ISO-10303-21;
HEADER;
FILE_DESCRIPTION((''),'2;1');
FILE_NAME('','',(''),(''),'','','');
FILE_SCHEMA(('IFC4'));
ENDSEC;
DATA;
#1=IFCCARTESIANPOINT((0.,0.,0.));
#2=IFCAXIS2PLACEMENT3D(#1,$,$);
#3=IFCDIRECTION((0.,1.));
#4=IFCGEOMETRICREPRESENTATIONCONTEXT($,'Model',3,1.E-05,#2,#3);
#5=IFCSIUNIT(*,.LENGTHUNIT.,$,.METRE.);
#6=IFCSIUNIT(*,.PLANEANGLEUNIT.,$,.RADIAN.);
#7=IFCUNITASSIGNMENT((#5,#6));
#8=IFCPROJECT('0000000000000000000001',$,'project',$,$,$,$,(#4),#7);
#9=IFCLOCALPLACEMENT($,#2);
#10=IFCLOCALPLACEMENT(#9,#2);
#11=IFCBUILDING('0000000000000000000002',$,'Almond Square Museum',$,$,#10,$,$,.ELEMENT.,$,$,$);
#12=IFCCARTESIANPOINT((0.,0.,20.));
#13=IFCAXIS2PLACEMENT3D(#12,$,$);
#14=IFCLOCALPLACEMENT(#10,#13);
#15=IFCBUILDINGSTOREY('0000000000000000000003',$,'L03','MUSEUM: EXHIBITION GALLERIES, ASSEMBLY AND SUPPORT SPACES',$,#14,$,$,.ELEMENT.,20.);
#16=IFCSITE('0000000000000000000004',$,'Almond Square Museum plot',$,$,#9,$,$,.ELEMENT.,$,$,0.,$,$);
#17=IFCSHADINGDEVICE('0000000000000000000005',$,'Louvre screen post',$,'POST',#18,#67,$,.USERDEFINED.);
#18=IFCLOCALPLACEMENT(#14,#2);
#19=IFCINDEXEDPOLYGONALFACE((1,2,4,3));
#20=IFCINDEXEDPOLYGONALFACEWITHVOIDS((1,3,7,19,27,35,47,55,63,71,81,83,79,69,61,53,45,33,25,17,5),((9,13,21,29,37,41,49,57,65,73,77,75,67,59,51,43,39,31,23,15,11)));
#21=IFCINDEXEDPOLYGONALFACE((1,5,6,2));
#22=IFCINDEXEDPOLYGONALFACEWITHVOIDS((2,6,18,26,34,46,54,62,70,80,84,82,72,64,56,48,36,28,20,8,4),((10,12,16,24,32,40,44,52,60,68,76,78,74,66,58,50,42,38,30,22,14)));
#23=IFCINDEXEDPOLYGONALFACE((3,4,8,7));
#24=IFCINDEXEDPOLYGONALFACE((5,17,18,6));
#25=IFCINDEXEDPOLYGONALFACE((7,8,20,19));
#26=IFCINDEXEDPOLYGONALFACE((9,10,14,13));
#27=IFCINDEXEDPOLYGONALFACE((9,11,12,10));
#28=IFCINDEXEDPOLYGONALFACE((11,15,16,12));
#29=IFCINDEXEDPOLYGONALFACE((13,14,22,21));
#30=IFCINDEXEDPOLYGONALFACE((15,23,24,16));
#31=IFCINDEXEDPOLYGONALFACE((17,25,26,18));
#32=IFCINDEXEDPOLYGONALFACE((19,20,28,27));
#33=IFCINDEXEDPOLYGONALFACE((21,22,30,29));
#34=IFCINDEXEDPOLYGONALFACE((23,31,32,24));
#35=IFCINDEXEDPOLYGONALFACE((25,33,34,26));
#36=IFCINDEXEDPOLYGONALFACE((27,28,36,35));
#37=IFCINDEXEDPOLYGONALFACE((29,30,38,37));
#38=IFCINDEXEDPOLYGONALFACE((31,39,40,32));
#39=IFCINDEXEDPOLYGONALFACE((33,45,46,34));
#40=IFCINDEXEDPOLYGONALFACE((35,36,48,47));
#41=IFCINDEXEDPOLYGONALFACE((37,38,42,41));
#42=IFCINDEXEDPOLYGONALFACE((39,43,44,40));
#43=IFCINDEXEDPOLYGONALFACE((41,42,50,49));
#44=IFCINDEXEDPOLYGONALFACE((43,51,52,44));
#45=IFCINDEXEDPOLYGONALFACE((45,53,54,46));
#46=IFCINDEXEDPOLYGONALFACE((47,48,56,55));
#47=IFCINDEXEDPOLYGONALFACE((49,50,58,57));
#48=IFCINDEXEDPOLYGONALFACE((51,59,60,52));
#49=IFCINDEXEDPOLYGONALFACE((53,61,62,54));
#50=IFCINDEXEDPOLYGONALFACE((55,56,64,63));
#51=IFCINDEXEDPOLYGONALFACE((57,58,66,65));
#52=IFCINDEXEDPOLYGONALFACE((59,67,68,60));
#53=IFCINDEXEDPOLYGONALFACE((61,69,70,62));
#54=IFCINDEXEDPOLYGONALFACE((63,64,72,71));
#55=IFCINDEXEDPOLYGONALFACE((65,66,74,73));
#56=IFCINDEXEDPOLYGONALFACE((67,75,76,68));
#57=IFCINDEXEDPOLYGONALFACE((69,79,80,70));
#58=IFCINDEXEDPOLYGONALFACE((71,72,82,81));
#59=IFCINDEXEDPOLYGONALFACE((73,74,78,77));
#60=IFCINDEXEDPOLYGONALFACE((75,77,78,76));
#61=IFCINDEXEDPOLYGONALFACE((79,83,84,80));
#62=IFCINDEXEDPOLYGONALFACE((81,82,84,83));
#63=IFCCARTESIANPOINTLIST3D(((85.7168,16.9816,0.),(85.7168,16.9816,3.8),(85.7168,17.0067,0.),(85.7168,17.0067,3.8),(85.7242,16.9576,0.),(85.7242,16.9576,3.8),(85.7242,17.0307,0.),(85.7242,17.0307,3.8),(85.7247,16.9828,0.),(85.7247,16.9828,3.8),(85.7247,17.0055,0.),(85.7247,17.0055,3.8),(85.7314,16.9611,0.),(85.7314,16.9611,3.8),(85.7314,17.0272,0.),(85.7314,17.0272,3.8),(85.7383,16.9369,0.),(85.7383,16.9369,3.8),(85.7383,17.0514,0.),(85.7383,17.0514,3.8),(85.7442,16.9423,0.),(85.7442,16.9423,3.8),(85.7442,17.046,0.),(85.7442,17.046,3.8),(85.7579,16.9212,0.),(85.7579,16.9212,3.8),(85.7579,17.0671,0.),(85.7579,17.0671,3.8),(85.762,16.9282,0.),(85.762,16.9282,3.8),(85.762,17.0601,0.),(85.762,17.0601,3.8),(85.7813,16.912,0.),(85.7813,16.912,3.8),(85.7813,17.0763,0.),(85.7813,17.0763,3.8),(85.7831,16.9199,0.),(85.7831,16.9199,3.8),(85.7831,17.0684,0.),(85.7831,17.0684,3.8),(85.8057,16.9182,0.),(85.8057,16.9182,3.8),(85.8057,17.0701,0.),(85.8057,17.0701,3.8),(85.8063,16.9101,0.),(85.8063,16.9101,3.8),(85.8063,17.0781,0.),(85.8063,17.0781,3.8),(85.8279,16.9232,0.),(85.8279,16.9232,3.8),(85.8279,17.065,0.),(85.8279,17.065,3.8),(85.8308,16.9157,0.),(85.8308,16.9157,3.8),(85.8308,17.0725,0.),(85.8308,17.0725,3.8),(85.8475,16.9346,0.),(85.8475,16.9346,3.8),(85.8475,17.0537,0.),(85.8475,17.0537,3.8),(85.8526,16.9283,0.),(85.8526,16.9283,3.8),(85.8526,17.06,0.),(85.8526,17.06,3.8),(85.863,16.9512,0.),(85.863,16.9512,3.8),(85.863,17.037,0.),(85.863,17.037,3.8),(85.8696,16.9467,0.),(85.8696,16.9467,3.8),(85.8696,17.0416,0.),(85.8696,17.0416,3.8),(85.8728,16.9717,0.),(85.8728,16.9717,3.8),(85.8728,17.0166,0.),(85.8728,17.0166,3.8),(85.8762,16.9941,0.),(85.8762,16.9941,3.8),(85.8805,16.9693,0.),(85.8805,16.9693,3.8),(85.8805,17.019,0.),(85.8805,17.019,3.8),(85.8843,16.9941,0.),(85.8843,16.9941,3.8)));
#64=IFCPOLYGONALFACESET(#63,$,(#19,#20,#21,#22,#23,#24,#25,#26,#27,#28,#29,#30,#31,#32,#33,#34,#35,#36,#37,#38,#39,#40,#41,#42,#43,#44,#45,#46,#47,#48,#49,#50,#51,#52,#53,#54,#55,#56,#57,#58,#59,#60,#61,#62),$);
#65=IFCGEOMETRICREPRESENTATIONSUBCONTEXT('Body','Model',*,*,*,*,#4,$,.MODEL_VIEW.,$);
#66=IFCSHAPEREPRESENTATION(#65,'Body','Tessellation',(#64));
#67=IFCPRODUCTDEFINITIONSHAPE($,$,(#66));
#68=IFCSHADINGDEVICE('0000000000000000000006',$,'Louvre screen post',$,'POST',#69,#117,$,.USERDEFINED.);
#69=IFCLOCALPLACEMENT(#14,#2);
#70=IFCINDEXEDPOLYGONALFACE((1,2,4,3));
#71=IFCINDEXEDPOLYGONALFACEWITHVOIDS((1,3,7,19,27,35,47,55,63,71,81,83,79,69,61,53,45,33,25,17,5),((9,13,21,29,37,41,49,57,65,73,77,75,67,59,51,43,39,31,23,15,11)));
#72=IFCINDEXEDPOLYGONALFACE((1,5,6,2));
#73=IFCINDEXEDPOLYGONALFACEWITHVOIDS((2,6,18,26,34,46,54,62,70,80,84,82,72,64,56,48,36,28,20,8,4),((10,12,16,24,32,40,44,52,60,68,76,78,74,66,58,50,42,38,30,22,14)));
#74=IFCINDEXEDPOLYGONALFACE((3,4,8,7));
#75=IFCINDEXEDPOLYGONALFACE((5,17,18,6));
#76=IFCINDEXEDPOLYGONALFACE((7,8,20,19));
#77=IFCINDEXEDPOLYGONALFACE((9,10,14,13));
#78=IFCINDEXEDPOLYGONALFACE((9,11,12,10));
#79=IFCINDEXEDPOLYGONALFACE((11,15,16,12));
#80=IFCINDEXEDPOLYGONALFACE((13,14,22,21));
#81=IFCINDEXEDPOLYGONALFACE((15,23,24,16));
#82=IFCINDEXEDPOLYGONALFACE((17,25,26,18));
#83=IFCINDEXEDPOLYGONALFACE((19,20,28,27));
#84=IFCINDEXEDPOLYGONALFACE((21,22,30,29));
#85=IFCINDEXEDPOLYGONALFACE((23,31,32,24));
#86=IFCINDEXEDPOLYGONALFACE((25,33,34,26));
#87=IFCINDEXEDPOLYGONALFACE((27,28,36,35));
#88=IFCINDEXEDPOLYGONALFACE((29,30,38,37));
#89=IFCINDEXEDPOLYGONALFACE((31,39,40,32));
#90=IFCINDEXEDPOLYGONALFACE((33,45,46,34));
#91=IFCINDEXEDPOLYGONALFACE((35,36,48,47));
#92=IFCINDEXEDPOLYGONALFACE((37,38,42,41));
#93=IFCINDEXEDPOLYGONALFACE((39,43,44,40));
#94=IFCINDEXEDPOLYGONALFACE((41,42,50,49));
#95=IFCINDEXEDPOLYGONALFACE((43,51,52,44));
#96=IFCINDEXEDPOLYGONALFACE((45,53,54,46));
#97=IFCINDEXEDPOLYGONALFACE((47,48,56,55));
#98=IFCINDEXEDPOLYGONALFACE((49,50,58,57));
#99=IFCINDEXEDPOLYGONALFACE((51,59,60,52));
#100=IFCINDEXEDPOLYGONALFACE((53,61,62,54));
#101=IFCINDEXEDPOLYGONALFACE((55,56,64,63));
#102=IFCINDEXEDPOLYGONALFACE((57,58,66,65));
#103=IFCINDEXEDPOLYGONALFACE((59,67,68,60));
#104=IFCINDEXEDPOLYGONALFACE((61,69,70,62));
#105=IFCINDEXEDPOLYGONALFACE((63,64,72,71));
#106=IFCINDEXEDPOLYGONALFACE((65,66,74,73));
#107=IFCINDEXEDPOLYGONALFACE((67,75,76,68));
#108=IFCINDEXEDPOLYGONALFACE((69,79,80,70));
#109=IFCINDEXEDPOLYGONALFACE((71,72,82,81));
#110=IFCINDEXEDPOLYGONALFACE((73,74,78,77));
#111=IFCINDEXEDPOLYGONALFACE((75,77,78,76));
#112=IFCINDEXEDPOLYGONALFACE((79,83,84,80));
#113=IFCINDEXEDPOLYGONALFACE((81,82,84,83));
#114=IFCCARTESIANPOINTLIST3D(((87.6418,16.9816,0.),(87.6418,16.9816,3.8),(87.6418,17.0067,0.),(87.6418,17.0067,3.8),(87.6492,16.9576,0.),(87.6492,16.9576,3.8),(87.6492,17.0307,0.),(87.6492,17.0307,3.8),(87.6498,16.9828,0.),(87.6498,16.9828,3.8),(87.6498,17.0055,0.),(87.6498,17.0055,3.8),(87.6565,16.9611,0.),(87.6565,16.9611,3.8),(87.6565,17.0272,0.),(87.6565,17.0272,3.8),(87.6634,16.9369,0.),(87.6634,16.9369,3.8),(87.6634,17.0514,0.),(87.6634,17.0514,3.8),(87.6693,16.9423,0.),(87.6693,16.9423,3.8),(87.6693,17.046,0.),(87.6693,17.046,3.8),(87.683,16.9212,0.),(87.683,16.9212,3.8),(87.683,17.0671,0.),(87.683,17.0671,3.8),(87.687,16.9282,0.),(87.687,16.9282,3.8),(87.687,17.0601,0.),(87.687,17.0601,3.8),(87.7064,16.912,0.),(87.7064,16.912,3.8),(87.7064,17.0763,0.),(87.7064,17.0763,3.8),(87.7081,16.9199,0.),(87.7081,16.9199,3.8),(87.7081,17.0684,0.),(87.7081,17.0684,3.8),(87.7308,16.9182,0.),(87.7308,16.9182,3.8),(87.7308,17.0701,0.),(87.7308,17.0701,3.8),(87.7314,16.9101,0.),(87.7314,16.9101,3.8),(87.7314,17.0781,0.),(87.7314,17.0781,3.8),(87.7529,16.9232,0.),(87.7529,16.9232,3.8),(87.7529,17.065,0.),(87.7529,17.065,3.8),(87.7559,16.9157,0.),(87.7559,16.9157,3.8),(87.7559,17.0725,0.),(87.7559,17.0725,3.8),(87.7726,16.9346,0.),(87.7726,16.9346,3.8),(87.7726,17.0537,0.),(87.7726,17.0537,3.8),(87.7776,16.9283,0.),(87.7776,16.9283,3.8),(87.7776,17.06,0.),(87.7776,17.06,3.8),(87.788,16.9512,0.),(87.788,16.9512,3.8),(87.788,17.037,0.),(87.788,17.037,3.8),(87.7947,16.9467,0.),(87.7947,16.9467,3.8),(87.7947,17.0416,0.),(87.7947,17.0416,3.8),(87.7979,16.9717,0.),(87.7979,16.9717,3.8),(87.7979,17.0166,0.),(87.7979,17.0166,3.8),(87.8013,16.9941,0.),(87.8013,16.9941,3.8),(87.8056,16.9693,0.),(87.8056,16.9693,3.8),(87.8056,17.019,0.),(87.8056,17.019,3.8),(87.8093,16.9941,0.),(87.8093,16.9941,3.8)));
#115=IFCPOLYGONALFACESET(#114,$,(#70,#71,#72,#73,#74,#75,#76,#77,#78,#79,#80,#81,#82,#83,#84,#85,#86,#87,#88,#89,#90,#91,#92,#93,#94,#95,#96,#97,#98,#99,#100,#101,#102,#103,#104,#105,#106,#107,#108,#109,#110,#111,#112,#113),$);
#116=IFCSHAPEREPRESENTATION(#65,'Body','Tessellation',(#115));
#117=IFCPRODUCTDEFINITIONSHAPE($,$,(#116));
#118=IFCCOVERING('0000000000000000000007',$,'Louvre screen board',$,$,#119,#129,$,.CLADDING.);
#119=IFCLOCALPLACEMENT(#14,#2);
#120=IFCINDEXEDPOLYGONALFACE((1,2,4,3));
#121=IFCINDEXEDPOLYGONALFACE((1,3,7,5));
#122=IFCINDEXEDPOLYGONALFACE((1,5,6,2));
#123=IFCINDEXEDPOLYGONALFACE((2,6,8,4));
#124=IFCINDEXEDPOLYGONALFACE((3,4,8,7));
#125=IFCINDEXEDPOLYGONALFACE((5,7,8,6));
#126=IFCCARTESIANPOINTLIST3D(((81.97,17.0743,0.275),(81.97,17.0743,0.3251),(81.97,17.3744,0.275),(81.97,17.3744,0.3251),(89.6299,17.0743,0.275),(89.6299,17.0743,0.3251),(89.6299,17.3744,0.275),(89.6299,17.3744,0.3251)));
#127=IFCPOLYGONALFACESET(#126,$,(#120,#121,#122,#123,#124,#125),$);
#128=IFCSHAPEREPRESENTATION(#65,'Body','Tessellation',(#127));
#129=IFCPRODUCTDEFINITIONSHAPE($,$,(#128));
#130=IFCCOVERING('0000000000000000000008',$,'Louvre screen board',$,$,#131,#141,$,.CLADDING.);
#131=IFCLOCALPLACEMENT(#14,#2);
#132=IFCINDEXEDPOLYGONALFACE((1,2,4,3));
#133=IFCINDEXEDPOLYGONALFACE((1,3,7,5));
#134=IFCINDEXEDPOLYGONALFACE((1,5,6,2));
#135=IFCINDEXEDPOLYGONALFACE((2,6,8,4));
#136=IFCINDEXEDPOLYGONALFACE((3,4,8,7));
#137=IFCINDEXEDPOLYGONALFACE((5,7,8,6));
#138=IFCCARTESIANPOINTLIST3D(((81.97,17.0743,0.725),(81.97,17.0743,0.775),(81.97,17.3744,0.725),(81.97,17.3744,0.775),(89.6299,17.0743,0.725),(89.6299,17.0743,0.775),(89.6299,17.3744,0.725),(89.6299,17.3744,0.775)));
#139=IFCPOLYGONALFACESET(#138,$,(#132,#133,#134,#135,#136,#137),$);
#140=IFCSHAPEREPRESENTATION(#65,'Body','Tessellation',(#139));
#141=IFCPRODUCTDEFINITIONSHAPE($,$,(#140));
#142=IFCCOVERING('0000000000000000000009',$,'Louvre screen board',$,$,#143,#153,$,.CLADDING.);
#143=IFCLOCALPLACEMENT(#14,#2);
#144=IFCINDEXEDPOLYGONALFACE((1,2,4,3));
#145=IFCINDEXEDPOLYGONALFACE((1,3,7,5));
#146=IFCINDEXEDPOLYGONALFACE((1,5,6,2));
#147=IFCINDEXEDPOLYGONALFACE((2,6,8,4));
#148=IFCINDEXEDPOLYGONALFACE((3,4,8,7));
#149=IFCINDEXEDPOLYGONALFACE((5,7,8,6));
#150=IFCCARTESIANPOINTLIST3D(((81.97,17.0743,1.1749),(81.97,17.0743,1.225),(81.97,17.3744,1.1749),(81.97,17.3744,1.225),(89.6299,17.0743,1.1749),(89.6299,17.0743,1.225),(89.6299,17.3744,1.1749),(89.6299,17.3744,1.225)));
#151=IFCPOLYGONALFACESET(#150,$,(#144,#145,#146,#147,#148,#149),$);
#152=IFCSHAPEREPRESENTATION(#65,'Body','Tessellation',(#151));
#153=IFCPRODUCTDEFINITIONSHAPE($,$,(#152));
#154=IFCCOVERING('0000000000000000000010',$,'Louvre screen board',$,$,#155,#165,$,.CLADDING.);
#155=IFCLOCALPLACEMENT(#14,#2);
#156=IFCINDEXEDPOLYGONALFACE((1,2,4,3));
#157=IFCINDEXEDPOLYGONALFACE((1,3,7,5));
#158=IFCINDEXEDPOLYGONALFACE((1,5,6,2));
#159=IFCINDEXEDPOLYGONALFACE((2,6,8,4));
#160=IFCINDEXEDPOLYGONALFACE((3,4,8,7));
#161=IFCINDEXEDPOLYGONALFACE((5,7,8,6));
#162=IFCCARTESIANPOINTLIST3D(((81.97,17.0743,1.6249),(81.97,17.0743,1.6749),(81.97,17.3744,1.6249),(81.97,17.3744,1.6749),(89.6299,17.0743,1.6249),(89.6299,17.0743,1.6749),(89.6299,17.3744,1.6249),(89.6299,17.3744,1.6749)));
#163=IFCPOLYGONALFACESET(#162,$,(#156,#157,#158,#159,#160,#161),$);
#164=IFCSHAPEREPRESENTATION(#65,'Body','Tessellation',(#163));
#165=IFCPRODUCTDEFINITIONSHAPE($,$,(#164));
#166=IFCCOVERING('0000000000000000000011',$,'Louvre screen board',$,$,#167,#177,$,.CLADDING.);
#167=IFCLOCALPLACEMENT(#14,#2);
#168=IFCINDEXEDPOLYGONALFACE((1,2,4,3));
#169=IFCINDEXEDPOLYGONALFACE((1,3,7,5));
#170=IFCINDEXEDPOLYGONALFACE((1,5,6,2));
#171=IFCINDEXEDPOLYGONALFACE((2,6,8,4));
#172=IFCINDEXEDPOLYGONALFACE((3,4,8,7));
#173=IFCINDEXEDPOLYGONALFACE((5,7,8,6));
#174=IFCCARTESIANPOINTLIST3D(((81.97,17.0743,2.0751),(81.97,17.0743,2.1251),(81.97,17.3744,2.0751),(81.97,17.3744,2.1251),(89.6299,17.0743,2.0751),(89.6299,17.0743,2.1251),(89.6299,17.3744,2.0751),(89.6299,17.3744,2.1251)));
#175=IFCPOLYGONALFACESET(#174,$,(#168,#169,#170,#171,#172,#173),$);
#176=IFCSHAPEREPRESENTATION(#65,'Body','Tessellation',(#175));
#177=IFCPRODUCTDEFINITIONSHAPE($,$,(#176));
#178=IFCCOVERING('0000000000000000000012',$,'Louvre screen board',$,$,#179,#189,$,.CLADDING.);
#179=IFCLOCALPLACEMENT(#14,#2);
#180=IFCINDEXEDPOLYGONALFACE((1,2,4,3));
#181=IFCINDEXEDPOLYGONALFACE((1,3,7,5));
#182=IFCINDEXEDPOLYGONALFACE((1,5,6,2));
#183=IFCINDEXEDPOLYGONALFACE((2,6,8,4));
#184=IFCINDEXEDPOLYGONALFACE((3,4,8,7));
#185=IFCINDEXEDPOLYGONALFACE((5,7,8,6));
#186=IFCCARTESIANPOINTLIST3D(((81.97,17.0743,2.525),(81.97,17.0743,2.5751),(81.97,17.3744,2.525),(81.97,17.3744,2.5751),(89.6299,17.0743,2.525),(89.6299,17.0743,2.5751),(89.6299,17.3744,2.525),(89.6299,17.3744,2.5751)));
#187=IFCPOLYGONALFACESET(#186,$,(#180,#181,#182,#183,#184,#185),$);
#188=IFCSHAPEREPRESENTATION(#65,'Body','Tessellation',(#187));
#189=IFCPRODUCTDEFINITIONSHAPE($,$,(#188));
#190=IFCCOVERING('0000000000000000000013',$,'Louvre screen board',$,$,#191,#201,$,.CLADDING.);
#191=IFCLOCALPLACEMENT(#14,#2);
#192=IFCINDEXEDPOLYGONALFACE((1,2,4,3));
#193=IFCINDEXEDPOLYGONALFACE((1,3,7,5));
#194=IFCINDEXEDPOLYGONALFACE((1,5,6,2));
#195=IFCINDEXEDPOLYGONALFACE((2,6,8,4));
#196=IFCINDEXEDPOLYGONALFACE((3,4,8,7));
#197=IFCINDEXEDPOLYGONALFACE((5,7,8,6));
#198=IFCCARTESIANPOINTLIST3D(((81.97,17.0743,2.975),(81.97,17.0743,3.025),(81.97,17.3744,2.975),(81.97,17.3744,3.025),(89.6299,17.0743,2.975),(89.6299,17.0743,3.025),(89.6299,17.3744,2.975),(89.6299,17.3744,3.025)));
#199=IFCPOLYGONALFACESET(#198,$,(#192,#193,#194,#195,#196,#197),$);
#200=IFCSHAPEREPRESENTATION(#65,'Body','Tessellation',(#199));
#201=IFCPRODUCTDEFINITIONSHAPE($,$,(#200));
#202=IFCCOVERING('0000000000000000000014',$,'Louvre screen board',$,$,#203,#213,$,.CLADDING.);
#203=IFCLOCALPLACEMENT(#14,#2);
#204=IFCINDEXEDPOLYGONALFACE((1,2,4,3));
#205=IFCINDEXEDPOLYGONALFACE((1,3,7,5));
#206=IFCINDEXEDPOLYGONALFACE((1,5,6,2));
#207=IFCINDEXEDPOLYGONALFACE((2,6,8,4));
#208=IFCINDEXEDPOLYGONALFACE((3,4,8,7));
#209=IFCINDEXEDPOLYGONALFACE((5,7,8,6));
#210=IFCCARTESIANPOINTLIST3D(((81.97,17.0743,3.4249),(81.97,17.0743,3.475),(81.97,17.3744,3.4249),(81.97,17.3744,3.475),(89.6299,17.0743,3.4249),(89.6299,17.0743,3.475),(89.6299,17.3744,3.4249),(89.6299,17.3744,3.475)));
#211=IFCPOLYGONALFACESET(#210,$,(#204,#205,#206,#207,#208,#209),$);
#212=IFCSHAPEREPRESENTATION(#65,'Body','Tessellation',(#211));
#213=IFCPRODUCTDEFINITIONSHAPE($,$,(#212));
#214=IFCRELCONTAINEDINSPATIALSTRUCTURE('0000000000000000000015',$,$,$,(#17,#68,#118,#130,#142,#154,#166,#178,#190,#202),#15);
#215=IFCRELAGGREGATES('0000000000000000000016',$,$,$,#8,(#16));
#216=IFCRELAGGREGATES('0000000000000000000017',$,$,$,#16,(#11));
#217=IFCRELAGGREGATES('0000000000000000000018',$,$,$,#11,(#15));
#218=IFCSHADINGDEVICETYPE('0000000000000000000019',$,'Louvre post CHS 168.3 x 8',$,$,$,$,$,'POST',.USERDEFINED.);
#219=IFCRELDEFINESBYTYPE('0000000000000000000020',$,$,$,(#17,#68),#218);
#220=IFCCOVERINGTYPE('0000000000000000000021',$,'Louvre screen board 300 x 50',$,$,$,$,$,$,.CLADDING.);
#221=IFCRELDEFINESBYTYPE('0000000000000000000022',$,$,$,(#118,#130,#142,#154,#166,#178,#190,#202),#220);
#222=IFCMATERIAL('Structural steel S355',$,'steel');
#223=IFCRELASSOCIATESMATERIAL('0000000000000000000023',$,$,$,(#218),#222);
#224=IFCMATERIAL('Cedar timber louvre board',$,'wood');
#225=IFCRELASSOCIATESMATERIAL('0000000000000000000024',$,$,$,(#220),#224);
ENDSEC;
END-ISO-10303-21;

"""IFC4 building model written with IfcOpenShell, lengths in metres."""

from ifc_helpers import new_model, si_unit, direction, frame, origin, origin_2d, place, context, subcontext, project, spatial, rectangle, hollow_circle, extrude, material, material_profile, profile_set, type_object, element, save


model = new_model("IFC4")

# Units and contexts
model_context = context("Model", 3, precision=1e-05, world=origin(), true_north=direction((0.0, 1.0)))
body_context = subcontext(model_context, "Body", "Model", "MODEL_VIEW")
ifc_project = project(units=[si_unit("LENGTHUNIT", "METRE"), si_unit("PLANEANGLEUNIT", "RADIAN")], contexts=[model_context])

# Site, building, storey
site_placement = place(None, origin())
site = spatial("IfcSite", under=ifc_project, at=site_placement, Name="Almond Square Museum plot", CompositionType="ELEMENT", RefElevation=0.0)
building_placement = place(site_placement, origin())
building = spatial("IfcBuilding", under=site, at=building_placement, Name="Almond Square Museum", CompositionType="ELEMENT")
storey_placement = place(building_placement, frame((0.0, 0.0, 20.0)))
storey = spatial("IfcBuildingStorey", under=building, at=storey_placement, Name="L03", Description="MUSEUM: EXHIBITION GALLERIES, ASSEMBLY AND SUPPORT SPACES", CompositionType="ELEMENT", Elevation=20.0)

# Shading devices
ifc_material_1 = material(Name="Structural steel S355", Category="steel")
ifc_material_profile_1 = material_profile(ifc_material_1, hollow_circle(Radius=0.0842, WallThickness=0.0081, at=origin_2d()))
ifc_profile_set_1 = profile_set([ifc_material_profile_1], Name="Structural steel S355")
shading_device_type = type_object("IfcShadingDeviceType", Name="Louvre post CHS 168.3 x 8", ElementType="POST", PredefinedType="USERDEFINED", material=ifc_profile_set_1)
for number, where, z_axis, x_axis, name in (
    (1, (85.8, 16.9941, 0.0), (0.0, 0.0, 1.0), (1.0, 0.0, 0.0), "Louvre screen post"),
    (2, (87.7251, 16.9941, 0.0), (0.0, 0.0, 1.0), (1.0, 0.0, 0.0), "Louvre screen post"),
):
    element("IfcShadingDevice", number, at=place(storey_placement, frame(where, z_axis=z_axis, x_axis=x_axis)), inside=storey, type_object=shading_device_type, Name=name, ObjectType="POST", PredefinedType="USERDEFINED", context=body_context, shape_type="SweptSolid", body=[
        extrude(hollow_circle(Radius=0.0842, WallThickness=0.0081, at=origin_2d()), origin(), (0.0, 0.0, 1.0), 3.8),
    ])

# Coverings
ifc_material_2 = material(Name="Cedar timber louvre board", Category="wood")
ifc_material_profile_2 = material_profile(ifc_material_2, rectangle(XDim=0.3, YDim=0.05, at=origin_2d()))
ifc_profile_set_2 = profile_set([ifc_material_profile_2], Name="Cedar timber louvre board")
covering_type = type_object("IfcCoveringType", Name="Louvre screen board 300 x 50", PredefinedType="CLADDING", material=ifc_profile_set_2)
for number, where, z_axis, x_axis, name in (
    (3, (81.97, 17.2244, 0.3), (1.0, 0.0, 0.0), (0.0, 1.0, 0.0), "Louvre screen board"),
    (4, (81.97, 17.2244, 0.75), (1.0, 0.0, 0.0), (0.0, 1.0, 0.0), "Louvre screen board"),
    (5, (81.97, 17.2244, 1.2), (1.0, 0.0, 0.0), (0.0, 1.0, 0.0), "Louvre screen board"),
    (6, (81.97, 17.2244, 1.6499), (1.0, 0.0, 0.0), (0.0, 1.0, 0.0), "Louvre screen board"),
    (7, (81.97, 17.2244, 2.1001), (1.0, 0.0, 0.0), (0.0, 1.0, 0.0), "Louvre screen board"),
    (8, (81.97, 17.2244, 2.55), (1.0, 0.0, 0.0), (0.0, 1.0, 0.0), "Louvre screen board"),
    (9, (81.97, 17.2244, 3.0), (1.0, 0.0, 0.0), (0.0, 1.0, 0.0), "Louvre screen board"),
    (10, (81.97, 17.2244, 3.45), (1.0, 0.0, 0.0), (0.0, 1.0, 0.0), "Louvre screen board"),
):
    element("IfcCovering", number, at=place(storey_placement, frame(where, z_axis=z_axis, x_axis=x_axis)), inside=storey, type_object=covering_type, Name=name, PredefinedType="CLADDING", context=body_context, shape_type="SweptSolid", body=[
        extrude(rectangle(XDim=0.3, YDim=0.05, at=origin_2d()), origin(), (0.0, 0.0, 1.0), 7.6599),
    ])

save(model, "model.ifc")
